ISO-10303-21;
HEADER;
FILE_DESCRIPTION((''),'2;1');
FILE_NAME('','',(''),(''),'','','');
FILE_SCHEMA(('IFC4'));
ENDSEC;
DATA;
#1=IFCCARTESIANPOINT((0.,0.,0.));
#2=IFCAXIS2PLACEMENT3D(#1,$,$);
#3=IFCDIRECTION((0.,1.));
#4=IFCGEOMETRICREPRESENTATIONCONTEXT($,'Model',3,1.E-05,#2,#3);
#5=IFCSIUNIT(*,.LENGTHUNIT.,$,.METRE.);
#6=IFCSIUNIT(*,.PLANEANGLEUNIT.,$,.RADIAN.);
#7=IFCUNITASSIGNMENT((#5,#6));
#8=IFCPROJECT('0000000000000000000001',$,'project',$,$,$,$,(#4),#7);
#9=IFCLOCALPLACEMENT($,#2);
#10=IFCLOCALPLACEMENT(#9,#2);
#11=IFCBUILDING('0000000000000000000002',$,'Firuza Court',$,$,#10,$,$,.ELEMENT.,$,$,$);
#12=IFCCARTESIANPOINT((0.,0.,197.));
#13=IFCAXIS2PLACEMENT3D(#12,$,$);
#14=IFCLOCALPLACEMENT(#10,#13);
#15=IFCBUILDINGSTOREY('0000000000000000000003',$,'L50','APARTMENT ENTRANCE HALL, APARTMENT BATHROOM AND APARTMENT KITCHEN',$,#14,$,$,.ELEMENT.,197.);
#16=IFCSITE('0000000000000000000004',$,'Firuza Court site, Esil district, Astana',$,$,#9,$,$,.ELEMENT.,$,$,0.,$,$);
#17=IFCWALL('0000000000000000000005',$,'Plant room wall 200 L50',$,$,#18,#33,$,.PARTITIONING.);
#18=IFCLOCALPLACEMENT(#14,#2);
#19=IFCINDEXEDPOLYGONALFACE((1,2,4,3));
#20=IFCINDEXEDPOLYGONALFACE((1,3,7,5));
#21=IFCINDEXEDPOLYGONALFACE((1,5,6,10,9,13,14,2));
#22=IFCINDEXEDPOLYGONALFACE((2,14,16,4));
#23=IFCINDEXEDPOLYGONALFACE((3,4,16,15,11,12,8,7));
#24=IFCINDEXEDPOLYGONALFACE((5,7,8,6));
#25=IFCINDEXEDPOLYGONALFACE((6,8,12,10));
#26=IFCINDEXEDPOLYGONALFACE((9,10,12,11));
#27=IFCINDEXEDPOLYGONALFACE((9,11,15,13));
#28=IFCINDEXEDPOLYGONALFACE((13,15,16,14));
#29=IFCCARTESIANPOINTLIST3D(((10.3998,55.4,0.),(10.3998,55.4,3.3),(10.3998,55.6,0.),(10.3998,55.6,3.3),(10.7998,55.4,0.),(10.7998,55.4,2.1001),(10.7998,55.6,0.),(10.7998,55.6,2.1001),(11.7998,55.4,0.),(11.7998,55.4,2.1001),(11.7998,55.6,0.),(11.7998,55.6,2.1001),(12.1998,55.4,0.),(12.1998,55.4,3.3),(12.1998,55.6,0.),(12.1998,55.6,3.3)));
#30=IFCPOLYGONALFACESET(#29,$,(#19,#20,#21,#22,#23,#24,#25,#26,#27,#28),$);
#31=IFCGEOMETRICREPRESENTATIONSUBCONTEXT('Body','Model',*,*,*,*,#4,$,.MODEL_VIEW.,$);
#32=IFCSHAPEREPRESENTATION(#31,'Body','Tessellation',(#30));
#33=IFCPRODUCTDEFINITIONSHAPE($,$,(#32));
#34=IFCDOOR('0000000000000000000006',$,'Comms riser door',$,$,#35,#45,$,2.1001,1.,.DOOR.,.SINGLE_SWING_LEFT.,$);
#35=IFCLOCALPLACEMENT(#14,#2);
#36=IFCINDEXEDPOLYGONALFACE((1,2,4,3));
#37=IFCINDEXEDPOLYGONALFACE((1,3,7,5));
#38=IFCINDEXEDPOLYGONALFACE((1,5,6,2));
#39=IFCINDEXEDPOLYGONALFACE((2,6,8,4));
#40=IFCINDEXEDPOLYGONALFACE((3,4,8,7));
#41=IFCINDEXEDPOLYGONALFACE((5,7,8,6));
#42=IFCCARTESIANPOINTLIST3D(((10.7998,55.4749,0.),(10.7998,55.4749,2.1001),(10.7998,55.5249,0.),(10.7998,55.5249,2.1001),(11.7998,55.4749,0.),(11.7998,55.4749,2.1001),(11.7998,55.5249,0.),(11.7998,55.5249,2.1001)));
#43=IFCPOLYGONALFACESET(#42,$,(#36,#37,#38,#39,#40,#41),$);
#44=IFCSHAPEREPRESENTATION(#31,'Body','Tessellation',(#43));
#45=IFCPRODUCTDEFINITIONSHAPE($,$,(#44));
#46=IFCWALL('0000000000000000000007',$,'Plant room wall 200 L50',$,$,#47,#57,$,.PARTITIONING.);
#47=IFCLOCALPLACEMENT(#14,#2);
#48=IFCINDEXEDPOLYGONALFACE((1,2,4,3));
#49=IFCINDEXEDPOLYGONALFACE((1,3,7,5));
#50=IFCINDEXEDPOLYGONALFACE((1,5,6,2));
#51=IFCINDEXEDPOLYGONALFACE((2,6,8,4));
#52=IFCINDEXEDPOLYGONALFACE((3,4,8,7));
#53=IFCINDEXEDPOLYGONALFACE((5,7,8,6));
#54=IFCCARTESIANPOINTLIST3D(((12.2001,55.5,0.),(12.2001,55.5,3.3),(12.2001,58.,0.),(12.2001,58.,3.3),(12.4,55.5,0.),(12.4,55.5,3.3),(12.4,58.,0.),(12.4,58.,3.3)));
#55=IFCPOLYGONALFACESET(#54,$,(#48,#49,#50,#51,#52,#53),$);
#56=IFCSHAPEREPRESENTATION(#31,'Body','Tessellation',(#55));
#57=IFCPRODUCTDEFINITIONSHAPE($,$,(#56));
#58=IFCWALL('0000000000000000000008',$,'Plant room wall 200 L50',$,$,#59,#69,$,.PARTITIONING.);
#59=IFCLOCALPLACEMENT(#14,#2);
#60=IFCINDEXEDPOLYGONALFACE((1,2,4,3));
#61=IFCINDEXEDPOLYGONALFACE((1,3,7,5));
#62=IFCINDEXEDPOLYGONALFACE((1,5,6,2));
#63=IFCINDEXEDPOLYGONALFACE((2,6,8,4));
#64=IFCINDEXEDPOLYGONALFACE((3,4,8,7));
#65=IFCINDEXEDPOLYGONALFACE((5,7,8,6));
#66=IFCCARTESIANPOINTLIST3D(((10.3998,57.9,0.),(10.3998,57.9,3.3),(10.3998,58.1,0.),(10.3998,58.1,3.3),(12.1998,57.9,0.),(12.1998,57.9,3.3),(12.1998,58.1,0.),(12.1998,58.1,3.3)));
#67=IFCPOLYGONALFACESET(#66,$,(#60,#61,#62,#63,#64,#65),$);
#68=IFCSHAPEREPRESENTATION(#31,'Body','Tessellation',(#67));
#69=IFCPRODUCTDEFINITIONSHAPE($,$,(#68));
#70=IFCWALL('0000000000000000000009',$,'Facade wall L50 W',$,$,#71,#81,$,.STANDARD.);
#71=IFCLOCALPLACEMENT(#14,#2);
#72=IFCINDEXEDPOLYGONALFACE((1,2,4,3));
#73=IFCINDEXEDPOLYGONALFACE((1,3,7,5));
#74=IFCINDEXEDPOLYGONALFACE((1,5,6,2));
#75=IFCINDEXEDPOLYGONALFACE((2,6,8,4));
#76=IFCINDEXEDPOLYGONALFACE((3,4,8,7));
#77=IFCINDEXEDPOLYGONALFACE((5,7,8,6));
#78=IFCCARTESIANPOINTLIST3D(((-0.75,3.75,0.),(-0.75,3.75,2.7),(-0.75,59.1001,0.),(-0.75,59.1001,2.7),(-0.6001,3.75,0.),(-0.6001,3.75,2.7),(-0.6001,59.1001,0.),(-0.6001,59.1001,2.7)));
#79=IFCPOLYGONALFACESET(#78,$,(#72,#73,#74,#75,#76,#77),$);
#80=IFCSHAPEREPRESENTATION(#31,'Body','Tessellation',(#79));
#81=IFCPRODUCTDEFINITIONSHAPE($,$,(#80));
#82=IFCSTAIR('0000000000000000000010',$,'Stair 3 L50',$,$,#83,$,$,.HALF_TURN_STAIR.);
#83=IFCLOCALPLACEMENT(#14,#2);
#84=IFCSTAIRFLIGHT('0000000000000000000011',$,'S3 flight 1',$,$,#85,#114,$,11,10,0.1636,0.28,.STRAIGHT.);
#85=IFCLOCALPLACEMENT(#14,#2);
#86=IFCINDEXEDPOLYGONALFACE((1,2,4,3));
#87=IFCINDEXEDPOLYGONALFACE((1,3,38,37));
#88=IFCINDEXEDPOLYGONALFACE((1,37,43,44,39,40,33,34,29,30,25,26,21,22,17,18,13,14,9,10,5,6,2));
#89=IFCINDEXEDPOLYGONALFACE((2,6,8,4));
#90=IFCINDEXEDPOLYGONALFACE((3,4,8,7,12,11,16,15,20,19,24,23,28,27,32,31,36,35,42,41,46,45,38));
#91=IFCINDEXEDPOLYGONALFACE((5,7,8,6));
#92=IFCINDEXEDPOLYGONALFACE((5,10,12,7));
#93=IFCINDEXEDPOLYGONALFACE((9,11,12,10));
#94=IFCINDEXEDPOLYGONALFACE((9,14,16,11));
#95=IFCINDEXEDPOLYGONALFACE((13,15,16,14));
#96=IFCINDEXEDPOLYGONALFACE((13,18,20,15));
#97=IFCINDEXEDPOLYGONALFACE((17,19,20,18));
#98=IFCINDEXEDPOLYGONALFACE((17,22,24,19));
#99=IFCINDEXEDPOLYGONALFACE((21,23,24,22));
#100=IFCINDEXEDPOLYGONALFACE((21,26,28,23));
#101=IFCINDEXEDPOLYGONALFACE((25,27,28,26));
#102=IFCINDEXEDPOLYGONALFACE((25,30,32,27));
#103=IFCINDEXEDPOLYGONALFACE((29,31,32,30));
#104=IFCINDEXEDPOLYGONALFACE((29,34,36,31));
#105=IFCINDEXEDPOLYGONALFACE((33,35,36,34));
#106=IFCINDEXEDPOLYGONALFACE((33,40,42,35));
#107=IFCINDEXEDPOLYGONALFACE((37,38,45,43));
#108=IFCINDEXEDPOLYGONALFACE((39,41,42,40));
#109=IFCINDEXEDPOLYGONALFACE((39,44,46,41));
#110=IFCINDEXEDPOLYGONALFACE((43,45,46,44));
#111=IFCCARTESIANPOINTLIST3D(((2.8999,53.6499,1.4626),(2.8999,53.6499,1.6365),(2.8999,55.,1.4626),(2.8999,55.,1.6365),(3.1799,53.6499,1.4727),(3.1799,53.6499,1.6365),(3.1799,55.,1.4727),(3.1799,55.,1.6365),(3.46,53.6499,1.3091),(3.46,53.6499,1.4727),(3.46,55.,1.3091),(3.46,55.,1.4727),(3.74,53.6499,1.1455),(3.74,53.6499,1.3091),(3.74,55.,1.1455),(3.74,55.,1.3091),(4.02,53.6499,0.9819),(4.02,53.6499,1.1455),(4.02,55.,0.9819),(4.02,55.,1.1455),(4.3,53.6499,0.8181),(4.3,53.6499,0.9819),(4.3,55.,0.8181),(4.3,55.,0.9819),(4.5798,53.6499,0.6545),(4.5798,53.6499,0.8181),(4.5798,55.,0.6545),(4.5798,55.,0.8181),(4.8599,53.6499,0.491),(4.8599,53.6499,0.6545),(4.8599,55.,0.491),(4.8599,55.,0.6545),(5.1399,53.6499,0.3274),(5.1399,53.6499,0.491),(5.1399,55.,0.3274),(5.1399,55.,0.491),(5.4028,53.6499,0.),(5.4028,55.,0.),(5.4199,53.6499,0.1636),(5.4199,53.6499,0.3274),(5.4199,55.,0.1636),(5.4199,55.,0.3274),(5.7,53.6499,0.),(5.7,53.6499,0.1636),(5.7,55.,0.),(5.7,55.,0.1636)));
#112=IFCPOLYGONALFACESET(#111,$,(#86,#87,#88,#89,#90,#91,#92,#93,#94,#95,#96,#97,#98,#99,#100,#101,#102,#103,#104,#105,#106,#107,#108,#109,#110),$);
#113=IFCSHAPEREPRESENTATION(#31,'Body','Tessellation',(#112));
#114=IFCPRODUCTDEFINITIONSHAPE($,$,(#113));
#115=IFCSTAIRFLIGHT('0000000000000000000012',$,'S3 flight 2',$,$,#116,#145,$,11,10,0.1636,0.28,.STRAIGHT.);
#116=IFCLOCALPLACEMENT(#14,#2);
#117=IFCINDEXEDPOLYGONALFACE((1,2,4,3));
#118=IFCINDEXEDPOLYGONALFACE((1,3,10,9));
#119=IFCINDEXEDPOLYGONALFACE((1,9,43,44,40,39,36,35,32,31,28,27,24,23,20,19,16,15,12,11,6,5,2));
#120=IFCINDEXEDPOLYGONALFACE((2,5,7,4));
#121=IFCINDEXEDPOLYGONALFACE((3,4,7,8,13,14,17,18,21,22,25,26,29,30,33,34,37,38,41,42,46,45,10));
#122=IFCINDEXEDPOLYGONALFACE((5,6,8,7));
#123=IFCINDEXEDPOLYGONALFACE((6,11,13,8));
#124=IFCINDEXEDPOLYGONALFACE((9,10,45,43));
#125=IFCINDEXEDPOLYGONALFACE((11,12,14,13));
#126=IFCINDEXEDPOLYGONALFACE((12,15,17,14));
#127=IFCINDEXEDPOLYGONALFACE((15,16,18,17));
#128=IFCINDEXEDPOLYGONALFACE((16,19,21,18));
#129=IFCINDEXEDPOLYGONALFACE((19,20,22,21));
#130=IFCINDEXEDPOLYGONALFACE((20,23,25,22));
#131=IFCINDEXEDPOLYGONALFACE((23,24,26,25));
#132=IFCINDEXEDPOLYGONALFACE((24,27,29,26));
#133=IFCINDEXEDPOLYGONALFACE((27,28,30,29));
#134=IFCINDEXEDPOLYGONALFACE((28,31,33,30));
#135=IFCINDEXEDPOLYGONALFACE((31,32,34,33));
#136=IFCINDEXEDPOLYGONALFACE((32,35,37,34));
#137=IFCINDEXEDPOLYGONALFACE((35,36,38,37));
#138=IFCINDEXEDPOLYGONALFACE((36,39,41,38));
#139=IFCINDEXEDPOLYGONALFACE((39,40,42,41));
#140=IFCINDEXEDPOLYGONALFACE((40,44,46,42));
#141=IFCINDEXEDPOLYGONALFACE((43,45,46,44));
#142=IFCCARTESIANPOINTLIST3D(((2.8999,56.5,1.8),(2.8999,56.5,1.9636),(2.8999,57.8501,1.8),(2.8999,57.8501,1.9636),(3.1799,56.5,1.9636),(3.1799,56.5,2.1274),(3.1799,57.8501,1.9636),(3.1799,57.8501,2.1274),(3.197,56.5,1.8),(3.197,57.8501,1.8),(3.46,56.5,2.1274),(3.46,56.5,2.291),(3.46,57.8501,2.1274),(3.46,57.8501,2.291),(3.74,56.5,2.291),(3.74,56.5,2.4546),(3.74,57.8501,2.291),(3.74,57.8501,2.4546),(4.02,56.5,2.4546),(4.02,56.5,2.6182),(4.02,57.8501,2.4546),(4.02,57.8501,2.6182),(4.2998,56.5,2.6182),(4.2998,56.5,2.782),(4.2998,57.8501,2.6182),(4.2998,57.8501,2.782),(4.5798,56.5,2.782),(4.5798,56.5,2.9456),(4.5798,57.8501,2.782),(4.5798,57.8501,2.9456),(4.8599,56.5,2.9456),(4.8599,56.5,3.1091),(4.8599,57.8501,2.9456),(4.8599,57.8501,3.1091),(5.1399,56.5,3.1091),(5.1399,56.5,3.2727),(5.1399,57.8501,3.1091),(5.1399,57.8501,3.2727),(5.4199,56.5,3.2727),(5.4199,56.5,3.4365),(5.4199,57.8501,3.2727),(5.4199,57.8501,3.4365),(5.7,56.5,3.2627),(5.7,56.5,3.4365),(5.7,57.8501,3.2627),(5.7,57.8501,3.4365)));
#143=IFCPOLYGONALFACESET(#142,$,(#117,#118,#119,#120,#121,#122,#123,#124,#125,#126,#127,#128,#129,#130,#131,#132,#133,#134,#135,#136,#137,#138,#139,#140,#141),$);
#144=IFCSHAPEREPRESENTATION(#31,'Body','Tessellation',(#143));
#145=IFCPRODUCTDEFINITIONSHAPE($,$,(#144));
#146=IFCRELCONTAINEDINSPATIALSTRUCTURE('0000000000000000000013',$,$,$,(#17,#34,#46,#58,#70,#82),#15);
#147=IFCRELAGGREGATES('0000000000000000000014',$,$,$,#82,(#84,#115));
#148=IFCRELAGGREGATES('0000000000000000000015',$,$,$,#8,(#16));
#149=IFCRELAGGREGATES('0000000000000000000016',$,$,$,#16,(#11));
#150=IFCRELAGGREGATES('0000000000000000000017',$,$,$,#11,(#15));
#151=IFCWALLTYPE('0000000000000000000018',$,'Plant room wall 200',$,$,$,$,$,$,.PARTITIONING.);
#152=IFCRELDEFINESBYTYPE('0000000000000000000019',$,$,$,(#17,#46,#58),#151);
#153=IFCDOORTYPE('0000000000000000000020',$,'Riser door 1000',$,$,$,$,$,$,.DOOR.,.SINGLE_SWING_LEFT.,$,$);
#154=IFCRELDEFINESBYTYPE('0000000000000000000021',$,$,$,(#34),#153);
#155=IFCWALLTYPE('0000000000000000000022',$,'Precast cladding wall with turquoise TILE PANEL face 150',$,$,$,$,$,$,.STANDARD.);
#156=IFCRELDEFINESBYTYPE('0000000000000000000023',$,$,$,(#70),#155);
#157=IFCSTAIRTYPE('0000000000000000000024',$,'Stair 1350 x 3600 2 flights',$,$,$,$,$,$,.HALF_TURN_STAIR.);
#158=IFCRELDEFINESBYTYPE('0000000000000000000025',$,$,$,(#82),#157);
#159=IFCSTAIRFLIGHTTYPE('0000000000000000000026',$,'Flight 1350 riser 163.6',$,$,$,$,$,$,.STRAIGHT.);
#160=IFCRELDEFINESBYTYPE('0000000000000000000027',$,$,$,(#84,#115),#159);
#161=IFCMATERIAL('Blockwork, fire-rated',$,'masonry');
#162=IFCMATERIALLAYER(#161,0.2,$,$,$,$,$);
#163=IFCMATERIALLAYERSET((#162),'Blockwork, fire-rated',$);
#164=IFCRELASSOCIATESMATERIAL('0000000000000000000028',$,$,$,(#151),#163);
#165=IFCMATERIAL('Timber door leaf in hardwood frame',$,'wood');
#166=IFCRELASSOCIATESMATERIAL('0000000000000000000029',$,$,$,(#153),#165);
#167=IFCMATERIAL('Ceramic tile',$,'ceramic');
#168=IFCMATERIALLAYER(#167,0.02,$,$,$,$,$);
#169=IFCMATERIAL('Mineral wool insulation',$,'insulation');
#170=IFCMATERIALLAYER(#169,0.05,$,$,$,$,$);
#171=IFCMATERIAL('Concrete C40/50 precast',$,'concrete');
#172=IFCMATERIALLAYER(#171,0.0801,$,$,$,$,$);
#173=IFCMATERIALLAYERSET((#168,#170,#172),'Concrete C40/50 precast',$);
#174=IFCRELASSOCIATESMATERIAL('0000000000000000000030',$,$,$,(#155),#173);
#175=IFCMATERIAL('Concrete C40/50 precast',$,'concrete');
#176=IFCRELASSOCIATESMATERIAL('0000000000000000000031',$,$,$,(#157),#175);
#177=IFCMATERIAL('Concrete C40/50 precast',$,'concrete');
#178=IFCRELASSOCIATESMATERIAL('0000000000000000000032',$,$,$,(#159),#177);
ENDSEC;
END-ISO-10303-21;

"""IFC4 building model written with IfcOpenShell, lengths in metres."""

from ifc_helpers import new_model, si_unit, direction, frame, frame_2d, origin, place, context, subcontext, project, spatial, polyline, rectangle, outline, extrude, material, layer, layer_set, type_object, element, fill, aggregate, save


model = new_model("IFC4")

# Units and contexts
model_context = context("Model", 3, precision=1e-05, world=origin(), true_north=direction((0.0, 1.0)))
body_context = subcontext(model_context, "Body", "Model", "MODEL_VIEW")
ifc_project = project(units=[si_unit("LENGTHUNIT", "METRE"), si_unit("PLANEANGLEUNIT", "RADIAN")], contexts=[model_context])

# Site, building, storey
site_placement = place(None, origin())
site = spatial("IfcSite", under=ifc_project, at=site_placement, Name="Firuza Court site, Esil district, Astana", CompositionType="ELEMENT", RefElevation=0.0)
building_placement = place(site_placement, origin())
building = spatial("IfcBuilding", under=site, at=building_placement, Name="Firuza Court", CompositionType="ELEMENT")
storey_placement = place(building_placement, frame((0.0, 0.0, 197.0)))
storey = spatial("IfcBuildingStorey", under=building, at=storey_placement, Name="L50", Description="APARTMENT ENTRANCE HALL, APARTMENT BATHROOM AND APARTMENT KITCHEN", CompositionType="ELEMENT", Elevation=197.0)

# Shared definitions
ifc_material_1 = material(Name="Blockwork, fire-rated", Category="masonry")
ifc_layer_1 = layer(ifc_material_1, 0.2)
ifc_layer_set_1 = layer_set([ifc_layer_1], Name="Blockwork, fire-rated")
wall_type_1 = type_object("IfcWallType", Name="Plant room wall 200", PredefinedType="PARTITIONING", material=ifc_layer_set_1)

# Wall, opening, door
wall_1_placement = place(storey_placement, frame((10.3999, 55.5, 0.0), z_axis=(0.0, 0.0, 1.0), x_axis=(1.0, 0.0, 0.0)))
wall_1 = element("IfcWall", 1, at=wall_1_placement, inside=storey, type_object=wall_type_1, Name="Plant room wall 200 L50", PredefinedType="PARTITIONING", context=body_context, shape_type="SweptSolid", body=[
    extrude(rectangle(XDim=1.8, YDim=0.2, at=frame_2d((0.8999, 0.0))), origin(), (0.0, 0.0, 1.0), 3.3),
])
opening_placement = place(wall_1_placement, frame((0.3999, 0.0, 0.0)))
opening = element("IfcOpeningElement", 2, at=opening_placement, cuts=wall_1, PredefinedType="OPENING", context=body_context, shape_type="SweptSolid", body=[
    extrude(rectangle(XDim=1.0, YDim=2.1001, at=frame_2d((0.5, 1.05))), frame((0.0, 0.1118, 0.0), z_axis=(0.0, -1.0, 0.0), x_axis=(1.0, 0.0, 0.0)), (0.0, 0.0, 1.0), 0.2239),
])
ifc_material_2 = material(Name="Timber door leaf in hardwood frame", Category="wood")
door_type = type_object("IfcDoorType", Name="Riser door 1000", OperationType="SINGLE_SWING_LEFT", PredefinedType="DOOR", material=ifc_material_2)
door_placement = place(opening_placement, origin())
door = element("IfcDoor", 3, at=door_placement, inside=storey, type_object=door_type, Name="Comms riser door", OperationType="SINGLE_SWING_LEFT", OverallHeight=2.1001, OverallWidth=1.0, PredefinedType="DOOR", context=body_context, shape_type="SweptSolid", body=[
    extrude(rectangle(XDim=1.0, YDim=2.1001, at=frame_2d((0.5, 1.05))), frame((0.0, 0.0249, 0.0), z_axis=(0.0, -1.0, 0.0), x_axis=(1.0, 0.0, 0.0)), (0.0, 0.0, 1.0), 0.05),
])
fill(opening, door)

# Walls
wall_2_placement = place(storey_placement, frame((12.3, 55.5, 0.0), z_axis=(0.0, 0.0, 1.0), x_axis=(0.0, 1.0, 0.0)))
element("IfcWall", 4, at=wall_2_placement, inside=storey, type_object=wall_type_1, Name="Plant room wall 200 L50", PredefinedType="PARTITIONING", context=body_context, shape_type="SweptSolid", body=[
    extrude(rectangle(XDim=2.5, YDim=0.2, at=frame_2d((1.25, 0.0))), origin(), (0.0, 0.0, 1.0), 3.3),
])
wall_3_placement = place(storey_placement, frame((10.3999, 58.0, 0.0), z_axis=(0.0, 0.0, 1.0), x_axis=(1.0, 0.0, 0.0)))
element("IfcWall", 5, at=wall_3_placement, inside=storey, type_object=wall_type_1, Name="Plant room wall 200 L50", PredefinedType="PARTITIONING", context=body_context, shape_type="SweptSolid", body=[
    extrude(rectangle(XDim=1.8, YDim=0.2, at=frame_2d((0.8999, 0.0))), origin(), (0.0, 0.0, 1.0), 3.3),
])
ifc_material_3 = material(Name="Ceramic tile", Category="ceramic")
ifc_layer_2 = layer(ifc_material_3, 0.02)
ifc_material_4 = material(Name="Mineral wool insulation", Category="insulation")
ifc_layer_3 = layer(ifc_material_4, 0.05)
ifc_material_5 = material(Name="Concrete C40/50 precast", Category="concrete")
ifc_layer_4 = layer(ifc_material_5, 0.0801)
ifc_layer_set_2 = layer_set([ifc_layer_2, ifc_layer_3, ifc_layer_4], Name="Concrete C40/50 precast")
wall_type_2 = type_object("IfcWallType", Name="Precast cladding wall with turquoise TILE PANEL face 150", PredefinedType="STANDARD", material=ifc_layer_set_2)
wall_4_placement = place(storey_placement, frame((-0.675, 59.1001, 0.0), z_axis=(0.0, 0.0, 1.0), x_axis=(0.0, -1.0, 0.0)))
element("IfcWall", 6, at=wall_4_placement, inside=storey, type_object=wall_type_2, Name="Facade wall L50 W", PredefinedType="STANDARD", context=body_context, shape_type="SweptSolid", body=[
    extrude(rectangle(XDim=55.3501, YDim=0.1499, at=frame_2d((27.675, 0.0))), origin(), (0.0, 0.0, 1.0), 2.7),
])

# Stair, stair flights
ifc_material_6 = material(Name="Concrete C40/50 precast", Category="concrete")
stair_type = type_object("IfcStairType", Name="Stair 1350 x 3600 2 flights", PredefinedType="HALF_TURN_STAIR", material=ifc_material_6)
stair_placement = place(storey_placement, origin())
stair = element("IfcStair", 7, at=stair_placement, inside=storey, type_object=stair_type, Name="Stair 3 L50", PredefinedType="HALF_TURN_STAIR")
ifc_material_7 = material(Name="Concrete C40/50 precast", Category="concrete")
stair_flight_type = type_object("IfcStairFlightType", Name="Flight 1350 riser 163.6", PredefinedType="STRAIGHT", material=ifc_material_7)
stair_flight_1_placement = place(storey_placement, frame((5.7, 54.325, 0.0), z_axis=(0.0, 0.0, 1.0), x_axis=(-1.0, 0.0, 0.0)))
stair_flight_1 = element("IfcStairFlight", 8, at=stair_flight_1_placement, type_object=stair_flight_type, Name="S3 flight 1", NumberOfRisers=11, NumberOfTreads=10, PredefinedType="STRAIGHT", RiserHeight=0.1636, TreadLength=0.28, context=body_context, shape_type="SweptSolid", body=[
    extrude(outline(polyline([(0.0, 0.0), (0.0, 0.1636), (0.28, 0.1636), (0.28, 0.3274), (0.5601, 0.3274), (0.5601, 0.491), (0.8401, 0.491), (0.8401, 0.6545), (1.1201, 0.6545), (1.1201, 0.8181), (1.3999, 0.8181), (1.3999, 0.9819), (1.6799, 0.9819), (1.6799, 1.1455), (1.96, 1.1455), (1.96, 1.3091), (2.24, 1.3091), (2.24, 1.4727), (2.52, 1.4727), (2.52, 1.6365), (2.8, 1.6365), (2.8, 1.8), (2.8, 1.4626), (0.2971, 0.0), (0.0, 0.0)])), frame((0.0, 0.675, 0.0), z_axis=(0.0, -1.0, 0.0), x_axis=(1.0, 0.0, 0.0)), (0.0, 0.0, 1.0), 1.3501),
])
stair_flight_2_placement = place(storey_placement, frame((2.8999, 57.175, 1.8), z_axis=(0.0, 0.0, 1.0), x_axis=(1.0, 0.0, 0.0)))
stair_flight_2 = element("IfcStairFlight", 9, at=stair_flight_2_placement, type_object=stair_flight_type, Name="S3 flight 2", NumberOfRisers=11, NumberOfTreads=10, PredefinedType="STRAIGHT", RiserHeight=0.1636, TreadLength=0.28, context=body_context, shape_type="SweptSolid", body=[
    extrude(outline(polyline([(0.0, 0.0), (0.0, 0.1636), (0.28, 0.1636), (0.28, 0.3274), (0.5601, 0.3274), (0.5601, 0.491), (0.8401, 0.491), (0.8401, 0.6545), (1.1201, 0.6545), (1.1201, 0.8181), (1.3999, 0.8181), (1.3999, 0.9819), (1.6799, 0.9819), (1.6799, 1.1455), (1.96, 1.1455), (1.96, 1.3091), (2.24, 1.3091), (2.24, 1.4727), (2.52, 1.4727), (2.52, 1.6365), (2.8, 1.6365), (2.8, 1.8), (2.8, 1.4626), (0.2971, 0.0), (0.0, 0.0)])), frame((0.0, 0.675, 0.0), z_axis=(0.0, -1.0, 0.0), x_axis=(1.0, 0.0, 0.0)), (0.0, 0.0, 1.0), 1.3501),
])
aggregate(stair, [stair_flight_1, stair_flight_2])

save(model, "model.ifc")
